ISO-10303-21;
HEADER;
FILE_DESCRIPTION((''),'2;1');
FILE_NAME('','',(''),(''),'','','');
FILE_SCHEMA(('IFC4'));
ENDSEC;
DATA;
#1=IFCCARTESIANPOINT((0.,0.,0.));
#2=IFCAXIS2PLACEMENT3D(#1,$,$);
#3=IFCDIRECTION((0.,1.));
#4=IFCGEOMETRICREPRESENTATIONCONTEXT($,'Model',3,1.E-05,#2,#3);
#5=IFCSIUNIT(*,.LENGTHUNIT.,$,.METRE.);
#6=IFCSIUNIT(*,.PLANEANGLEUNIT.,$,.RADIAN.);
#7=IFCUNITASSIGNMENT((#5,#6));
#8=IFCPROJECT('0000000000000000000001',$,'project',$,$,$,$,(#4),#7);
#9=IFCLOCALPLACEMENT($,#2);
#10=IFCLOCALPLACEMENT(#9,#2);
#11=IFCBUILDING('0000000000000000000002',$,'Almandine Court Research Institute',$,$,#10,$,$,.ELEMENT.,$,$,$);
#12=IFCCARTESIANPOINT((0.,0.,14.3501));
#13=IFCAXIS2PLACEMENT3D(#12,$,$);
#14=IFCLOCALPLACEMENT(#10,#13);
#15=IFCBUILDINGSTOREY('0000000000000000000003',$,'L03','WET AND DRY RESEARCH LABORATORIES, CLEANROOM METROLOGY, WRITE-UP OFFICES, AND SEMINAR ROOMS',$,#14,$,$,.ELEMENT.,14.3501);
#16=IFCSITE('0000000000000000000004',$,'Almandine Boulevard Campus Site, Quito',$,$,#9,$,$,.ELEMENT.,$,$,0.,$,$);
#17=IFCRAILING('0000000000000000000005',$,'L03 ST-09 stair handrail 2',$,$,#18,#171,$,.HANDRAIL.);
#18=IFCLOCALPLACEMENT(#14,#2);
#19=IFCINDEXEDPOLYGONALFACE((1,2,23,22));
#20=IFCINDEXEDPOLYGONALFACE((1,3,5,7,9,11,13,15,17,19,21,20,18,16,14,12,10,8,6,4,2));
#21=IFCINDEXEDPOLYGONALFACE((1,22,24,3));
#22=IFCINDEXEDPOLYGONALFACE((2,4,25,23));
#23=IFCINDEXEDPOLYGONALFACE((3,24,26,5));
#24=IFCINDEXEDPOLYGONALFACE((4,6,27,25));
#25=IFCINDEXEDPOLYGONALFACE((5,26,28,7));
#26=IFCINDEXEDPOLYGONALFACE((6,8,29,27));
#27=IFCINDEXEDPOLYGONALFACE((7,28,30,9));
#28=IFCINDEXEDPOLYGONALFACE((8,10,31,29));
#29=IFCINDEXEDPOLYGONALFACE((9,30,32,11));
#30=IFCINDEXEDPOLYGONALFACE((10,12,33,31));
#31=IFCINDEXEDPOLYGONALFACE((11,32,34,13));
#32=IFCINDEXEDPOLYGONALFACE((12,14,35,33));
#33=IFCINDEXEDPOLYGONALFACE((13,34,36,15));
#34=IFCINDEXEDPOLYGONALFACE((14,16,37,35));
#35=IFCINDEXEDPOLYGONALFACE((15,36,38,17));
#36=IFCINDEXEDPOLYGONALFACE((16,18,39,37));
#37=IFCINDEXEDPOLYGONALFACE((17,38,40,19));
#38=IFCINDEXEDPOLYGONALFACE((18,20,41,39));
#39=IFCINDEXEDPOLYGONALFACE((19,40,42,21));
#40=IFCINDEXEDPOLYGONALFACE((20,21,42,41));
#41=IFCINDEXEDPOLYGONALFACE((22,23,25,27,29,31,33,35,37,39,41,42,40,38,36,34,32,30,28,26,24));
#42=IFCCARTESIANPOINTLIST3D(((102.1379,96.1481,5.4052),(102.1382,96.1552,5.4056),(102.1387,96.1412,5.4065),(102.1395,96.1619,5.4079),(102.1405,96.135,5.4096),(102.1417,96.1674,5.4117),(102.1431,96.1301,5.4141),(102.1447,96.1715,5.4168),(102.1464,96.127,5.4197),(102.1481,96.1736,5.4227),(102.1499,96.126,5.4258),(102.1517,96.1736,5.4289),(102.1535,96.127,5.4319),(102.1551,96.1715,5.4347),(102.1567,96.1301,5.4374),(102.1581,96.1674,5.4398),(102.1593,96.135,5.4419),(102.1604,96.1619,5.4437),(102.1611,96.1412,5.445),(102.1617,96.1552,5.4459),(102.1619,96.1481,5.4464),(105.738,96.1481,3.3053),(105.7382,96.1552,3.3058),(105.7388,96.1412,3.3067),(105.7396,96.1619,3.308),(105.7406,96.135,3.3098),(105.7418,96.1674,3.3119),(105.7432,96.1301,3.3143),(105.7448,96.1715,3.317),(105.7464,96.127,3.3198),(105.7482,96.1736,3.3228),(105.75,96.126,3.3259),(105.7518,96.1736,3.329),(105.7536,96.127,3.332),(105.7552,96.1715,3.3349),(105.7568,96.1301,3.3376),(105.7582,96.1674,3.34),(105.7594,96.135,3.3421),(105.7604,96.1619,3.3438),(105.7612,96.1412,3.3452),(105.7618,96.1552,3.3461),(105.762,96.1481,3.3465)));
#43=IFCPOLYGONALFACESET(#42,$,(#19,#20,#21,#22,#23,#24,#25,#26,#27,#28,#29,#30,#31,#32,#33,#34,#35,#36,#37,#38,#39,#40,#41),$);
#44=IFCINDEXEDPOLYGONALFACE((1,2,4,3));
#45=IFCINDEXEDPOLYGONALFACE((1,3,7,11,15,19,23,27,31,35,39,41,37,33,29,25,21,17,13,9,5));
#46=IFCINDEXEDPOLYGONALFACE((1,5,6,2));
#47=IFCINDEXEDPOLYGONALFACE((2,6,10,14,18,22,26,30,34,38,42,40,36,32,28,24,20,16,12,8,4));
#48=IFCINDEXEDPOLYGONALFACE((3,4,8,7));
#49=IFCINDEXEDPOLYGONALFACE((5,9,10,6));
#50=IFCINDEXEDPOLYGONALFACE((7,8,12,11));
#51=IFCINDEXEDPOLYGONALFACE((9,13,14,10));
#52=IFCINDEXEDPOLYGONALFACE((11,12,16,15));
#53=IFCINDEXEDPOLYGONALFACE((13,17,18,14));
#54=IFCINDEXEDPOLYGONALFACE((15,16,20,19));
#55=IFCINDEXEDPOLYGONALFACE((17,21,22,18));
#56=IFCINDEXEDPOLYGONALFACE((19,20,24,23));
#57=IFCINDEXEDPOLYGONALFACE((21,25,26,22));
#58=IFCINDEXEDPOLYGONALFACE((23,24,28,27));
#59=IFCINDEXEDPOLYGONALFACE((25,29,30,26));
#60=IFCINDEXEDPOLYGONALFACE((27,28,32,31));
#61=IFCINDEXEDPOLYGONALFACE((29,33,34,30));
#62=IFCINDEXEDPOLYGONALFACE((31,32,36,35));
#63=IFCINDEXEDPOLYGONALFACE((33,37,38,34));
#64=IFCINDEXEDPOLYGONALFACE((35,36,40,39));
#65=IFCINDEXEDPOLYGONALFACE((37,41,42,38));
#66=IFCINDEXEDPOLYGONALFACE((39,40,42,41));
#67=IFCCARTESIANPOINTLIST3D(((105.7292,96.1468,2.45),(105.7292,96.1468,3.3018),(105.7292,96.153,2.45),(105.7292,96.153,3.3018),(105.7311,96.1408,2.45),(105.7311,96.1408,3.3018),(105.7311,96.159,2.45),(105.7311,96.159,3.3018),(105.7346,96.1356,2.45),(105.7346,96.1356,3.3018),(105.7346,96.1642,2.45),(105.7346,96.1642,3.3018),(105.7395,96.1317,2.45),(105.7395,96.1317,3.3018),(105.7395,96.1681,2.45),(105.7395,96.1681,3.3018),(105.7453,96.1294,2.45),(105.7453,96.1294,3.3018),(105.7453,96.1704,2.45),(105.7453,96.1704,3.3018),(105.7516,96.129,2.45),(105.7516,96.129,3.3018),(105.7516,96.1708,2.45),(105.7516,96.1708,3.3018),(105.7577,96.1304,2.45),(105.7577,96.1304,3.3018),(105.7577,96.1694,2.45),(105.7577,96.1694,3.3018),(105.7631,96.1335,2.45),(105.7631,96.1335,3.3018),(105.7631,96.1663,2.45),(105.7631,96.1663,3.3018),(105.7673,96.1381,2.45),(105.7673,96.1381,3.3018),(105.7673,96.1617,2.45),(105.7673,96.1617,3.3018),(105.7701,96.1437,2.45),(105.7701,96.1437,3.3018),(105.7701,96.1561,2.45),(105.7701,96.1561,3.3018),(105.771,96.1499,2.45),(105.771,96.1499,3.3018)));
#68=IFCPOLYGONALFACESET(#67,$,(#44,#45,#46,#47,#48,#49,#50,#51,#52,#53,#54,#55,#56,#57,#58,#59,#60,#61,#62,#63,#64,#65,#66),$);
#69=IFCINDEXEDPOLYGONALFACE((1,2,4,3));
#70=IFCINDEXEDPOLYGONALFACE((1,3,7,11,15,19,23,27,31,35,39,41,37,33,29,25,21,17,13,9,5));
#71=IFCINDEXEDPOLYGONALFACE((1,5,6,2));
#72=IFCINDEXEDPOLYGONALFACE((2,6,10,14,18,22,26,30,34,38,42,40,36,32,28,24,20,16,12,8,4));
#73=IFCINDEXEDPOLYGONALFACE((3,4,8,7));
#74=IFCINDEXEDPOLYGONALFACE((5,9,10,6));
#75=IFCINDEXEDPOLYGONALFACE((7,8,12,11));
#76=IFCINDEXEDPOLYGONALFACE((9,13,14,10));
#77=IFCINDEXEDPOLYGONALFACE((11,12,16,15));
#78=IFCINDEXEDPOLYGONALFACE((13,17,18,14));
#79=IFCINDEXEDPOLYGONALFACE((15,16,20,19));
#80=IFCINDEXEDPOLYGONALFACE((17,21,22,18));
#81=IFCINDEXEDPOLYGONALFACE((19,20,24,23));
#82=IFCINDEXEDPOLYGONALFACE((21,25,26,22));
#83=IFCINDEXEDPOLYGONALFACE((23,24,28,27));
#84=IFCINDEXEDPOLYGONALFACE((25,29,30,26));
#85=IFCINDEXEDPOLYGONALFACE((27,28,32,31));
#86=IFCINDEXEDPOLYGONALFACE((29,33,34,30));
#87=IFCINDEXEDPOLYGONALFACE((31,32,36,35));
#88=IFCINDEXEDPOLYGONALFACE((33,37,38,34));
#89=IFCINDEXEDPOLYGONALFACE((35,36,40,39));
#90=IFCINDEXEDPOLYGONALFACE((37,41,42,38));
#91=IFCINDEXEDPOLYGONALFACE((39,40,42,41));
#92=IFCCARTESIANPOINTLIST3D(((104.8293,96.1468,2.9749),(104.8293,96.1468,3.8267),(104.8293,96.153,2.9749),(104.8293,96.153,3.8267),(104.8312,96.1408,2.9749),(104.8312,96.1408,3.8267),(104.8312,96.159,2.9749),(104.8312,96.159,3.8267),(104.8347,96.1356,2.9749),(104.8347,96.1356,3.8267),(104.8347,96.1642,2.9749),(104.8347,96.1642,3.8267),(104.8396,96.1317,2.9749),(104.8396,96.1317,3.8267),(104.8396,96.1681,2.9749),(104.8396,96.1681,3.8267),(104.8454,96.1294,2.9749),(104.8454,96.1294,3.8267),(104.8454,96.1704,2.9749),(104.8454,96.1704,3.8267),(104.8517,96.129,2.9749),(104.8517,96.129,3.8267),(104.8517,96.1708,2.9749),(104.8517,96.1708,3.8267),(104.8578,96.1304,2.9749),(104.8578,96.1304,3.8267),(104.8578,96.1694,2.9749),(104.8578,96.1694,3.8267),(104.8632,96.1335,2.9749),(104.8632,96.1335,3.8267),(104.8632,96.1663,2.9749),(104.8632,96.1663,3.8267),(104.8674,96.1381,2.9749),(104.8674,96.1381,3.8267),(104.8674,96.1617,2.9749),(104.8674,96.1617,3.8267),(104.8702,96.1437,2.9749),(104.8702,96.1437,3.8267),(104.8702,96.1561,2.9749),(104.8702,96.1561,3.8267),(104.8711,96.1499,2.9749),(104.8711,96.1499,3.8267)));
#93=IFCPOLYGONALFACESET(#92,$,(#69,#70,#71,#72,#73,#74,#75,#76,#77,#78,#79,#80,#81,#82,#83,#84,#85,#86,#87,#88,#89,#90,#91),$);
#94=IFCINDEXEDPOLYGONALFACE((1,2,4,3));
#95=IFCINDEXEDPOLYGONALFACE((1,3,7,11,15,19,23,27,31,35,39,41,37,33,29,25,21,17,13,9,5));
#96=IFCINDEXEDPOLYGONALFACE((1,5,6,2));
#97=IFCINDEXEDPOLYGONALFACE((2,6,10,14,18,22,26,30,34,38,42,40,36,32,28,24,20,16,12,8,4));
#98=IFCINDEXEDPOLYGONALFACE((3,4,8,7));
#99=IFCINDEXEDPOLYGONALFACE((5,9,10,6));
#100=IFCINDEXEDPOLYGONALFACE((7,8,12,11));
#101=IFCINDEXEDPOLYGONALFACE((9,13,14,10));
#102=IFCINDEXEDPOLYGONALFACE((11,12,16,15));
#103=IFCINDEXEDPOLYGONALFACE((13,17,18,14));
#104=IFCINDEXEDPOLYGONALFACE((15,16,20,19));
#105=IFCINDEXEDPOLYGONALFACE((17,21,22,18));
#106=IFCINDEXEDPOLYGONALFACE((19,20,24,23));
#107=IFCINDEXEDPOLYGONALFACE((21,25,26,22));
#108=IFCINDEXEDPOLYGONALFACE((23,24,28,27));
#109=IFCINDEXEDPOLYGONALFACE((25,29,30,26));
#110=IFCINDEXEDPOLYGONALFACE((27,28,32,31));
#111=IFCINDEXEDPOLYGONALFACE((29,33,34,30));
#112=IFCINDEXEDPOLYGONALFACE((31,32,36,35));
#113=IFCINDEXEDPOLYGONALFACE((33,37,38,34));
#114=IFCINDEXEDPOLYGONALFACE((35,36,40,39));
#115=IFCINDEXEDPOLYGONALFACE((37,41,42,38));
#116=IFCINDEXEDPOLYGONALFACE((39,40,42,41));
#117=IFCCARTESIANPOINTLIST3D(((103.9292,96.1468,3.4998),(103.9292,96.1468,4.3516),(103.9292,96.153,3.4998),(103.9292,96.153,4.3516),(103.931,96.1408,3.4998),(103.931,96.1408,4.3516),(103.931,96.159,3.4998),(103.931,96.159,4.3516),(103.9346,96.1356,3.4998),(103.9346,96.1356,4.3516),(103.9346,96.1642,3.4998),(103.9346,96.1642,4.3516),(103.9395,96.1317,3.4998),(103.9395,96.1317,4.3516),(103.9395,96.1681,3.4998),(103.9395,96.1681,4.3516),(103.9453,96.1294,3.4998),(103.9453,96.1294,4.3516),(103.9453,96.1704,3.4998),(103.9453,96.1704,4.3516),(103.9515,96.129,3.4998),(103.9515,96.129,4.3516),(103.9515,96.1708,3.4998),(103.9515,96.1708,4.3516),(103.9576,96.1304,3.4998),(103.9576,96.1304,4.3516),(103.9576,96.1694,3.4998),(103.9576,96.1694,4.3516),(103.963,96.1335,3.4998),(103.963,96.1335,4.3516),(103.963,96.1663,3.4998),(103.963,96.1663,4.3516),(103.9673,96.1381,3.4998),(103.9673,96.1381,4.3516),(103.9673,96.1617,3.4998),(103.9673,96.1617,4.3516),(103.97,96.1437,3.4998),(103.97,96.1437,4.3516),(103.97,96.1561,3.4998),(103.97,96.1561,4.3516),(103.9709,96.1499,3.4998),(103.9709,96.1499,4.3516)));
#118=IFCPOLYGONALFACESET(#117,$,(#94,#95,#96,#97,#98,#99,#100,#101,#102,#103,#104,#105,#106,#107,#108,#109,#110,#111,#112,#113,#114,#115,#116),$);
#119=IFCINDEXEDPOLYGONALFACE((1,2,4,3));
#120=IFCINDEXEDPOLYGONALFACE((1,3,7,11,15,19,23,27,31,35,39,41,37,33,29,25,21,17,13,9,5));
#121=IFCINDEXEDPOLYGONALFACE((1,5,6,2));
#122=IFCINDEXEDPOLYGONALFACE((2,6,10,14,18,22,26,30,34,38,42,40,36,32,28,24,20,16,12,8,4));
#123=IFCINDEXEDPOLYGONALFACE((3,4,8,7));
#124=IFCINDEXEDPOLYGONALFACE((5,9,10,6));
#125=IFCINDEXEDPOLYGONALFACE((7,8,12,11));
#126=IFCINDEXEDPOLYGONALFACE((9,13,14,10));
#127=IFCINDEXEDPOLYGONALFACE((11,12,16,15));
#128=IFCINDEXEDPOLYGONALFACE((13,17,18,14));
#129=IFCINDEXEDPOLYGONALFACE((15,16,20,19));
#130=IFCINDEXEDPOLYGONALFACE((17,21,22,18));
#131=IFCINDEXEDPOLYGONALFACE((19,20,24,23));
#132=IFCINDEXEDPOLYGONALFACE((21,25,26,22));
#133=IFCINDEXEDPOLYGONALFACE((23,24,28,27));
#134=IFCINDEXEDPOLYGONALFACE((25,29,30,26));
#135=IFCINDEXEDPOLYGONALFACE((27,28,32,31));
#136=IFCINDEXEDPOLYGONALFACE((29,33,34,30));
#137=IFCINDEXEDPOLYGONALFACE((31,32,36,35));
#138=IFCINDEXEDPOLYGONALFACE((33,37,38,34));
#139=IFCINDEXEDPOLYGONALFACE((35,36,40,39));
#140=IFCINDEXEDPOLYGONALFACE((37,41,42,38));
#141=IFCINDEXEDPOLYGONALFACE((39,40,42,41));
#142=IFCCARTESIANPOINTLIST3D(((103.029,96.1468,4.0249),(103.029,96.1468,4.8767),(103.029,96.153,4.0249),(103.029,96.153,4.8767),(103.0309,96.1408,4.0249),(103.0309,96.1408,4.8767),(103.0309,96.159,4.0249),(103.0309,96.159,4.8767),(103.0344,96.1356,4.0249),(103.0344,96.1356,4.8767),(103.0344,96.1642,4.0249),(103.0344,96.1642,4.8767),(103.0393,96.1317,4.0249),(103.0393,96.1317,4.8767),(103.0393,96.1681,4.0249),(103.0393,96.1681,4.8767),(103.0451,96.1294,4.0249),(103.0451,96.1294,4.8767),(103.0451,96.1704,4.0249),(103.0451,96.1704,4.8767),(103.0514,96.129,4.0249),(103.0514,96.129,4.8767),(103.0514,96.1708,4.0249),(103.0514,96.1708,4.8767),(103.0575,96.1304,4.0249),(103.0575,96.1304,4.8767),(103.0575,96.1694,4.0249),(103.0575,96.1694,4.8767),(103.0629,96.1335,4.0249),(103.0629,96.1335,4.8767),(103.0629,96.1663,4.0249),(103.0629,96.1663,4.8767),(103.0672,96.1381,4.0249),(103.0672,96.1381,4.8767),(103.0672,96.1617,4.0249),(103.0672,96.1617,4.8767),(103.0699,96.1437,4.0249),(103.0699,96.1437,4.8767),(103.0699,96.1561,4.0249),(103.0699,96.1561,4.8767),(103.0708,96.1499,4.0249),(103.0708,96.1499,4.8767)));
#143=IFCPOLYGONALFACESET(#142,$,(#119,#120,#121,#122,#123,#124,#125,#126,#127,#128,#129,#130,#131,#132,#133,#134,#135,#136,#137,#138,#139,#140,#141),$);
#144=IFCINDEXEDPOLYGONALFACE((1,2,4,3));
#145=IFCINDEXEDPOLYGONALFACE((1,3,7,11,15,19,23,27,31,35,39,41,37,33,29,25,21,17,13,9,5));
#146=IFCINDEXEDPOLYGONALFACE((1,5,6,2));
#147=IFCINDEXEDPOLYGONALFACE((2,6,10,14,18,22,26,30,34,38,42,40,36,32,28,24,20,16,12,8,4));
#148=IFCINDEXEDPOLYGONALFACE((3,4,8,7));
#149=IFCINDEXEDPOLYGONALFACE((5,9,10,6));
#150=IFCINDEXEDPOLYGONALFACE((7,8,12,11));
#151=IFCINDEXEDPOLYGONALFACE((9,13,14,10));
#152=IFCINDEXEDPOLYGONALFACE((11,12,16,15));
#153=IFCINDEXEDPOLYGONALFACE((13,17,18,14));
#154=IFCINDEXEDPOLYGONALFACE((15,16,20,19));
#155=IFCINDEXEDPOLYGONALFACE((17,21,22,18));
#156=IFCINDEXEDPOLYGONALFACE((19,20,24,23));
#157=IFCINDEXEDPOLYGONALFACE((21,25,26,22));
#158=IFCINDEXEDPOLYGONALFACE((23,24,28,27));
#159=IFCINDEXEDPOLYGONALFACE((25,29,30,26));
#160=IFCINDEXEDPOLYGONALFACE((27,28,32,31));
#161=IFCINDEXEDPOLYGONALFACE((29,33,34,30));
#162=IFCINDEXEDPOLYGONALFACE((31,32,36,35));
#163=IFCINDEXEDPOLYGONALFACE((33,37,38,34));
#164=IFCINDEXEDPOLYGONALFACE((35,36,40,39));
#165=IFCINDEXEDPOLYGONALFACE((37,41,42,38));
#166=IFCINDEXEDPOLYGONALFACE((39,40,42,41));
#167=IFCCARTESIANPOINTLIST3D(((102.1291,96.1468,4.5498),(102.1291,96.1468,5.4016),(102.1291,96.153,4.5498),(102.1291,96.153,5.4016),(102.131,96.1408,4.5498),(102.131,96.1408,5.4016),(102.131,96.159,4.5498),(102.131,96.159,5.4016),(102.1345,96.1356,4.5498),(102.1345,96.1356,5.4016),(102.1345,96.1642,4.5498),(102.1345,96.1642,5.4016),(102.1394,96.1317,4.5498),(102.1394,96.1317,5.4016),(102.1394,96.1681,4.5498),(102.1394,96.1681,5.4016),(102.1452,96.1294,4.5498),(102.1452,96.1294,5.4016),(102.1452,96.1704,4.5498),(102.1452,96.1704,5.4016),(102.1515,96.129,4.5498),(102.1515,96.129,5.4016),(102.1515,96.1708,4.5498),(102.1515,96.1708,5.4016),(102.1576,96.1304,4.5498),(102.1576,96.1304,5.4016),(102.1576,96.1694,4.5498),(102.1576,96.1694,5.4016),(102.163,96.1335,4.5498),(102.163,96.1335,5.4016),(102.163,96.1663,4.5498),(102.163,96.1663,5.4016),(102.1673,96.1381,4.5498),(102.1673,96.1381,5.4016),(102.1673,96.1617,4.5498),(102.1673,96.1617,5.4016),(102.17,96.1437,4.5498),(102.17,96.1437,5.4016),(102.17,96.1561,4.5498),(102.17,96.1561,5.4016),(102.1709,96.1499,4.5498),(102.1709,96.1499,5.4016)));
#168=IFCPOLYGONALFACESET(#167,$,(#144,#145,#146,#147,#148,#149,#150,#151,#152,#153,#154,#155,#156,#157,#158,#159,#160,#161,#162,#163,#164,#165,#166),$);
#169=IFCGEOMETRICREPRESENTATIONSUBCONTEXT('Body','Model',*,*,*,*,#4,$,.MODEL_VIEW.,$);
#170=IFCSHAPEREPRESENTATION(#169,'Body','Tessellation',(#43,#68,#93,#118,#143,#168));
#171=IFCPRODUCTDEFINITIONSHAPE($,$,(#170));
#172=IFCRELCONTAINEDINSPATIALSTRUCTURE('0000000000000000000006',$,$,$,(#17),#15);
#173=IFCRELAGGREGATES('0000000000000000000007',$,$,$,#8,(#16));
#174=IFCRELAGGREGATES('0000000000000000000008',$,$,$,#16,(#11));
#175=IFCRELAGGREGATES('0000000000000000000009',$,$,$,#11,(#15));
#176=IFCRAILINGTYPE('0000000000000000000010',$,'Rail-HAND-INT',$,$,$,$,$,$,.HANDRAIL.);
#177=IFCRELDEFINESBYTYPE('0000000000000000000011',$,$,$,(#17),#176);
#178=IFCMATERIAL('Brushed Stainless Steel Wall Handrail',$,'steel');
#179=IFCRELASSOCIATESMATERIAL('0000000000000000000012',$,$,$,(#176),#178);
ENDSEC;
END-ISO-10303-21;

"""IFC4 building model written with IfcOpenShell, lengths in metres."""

from ifc_helpers import new_model, si_unit, direction, frame, origin, origin_2d, place, context, subcontext, project, spatial, circle, extrude, material, type_object, element, save


model = new_model("IFC4")

# Units and contexts
model_context = context("Model", 3, precision=1e-05, world=origin(), true_north=direction((0.0, 1.0)))
body_context = subcontext(model_context, "Body", "Model", "MODEL_VIEW")
ifc_project = project(units=[si_unit("LENGTHUNIT", "METRE"), si_unit("PLANEANGLEUNIT", "RADIAN")], contexts=[model_context])

# Site, building, storey
site_placement = place(None, origin())
site = spatial("IfcSite", under=ifc_project, at=site_placement, Name="Almandine Boulevard Campus Site, Quito", CompositionType="ELEMENT", RefElevation=0.0)
building_placement = place(site_placement, origin())
building = spatial("IfcBuilding", under=site, at=building_placement, Name="Almandine Court Research Institute", CompositionType="ELEMENT")
storey_placement = place(building_placement, frame((0.0, 0.0, 14.3501)))
storey = spatial("IfcBuildingStorey", under=building, at=storey_placement, Name="L03", Description="WET AND DRY RESEARCH LABORATORIES, CLEANROOM METROLOGY, WRITE-UP OFFICES, AND SEMINAR ROOMS", CompositionType="ELEMENT", Elevation=14.3501)

# Railing
ifc_material_1 = material(Name="Brushed Stainless Steel Wall Handrail", Category="steel")
railing_type_1 = type_object("IfcRailingType", Name="Rail-HAND-INT", PredefinedType="HANDRAIL", material=ifc_material_1)
railing_1_placement = place(storey_placement, frame((105.75, 96.1499, 2.45)))
element("IfcRailing", 1, at=railing_1_placement, inside=storey, type_object=railing_type_1, Name="L03 ST-09 stair handrail 2", PredefinedType="HANDRAIL", context=body_context, shape_type="SweptSolid", body=[
    extrude(circle(Radius=0.0239, at=origin_2d()), frame((0.0, 0.0, 0.876), z_axis=(-0.8638, 0.0, 0.503835), x_axis=(0.0, -1.0, 0.0)), (0.0, 0.0, 1.0), 4.1677),
    extrude(circle(Radius=0.021, at=origin_2d()), origin(), (0.0, 0.0, 1.0), 0.8518),
    extrude(circle(Radius=0.021, at=origin_2d()), frame((-0.8999, 0.0, 0.5249)), (0.0, 0.0, 1.0), 0.8518),
    extrude(circle(Radius=0.021, at=origin_2d()), frame((-1.8, 0.0, 1.0498)), (0.0, 0.0, 1.0), 0.8518),
    extrude(circle(Radius=0.021, at=origin_2d()), frame((-2.7002, 0.0, 1.575)), (0.0, 0.0, 1.0), 0.8518),
    extrude(circle(Radius=0.021, at=origin_2d()), frame((-3.6001, 0.0, 2.0999)), (0.0, 0.0, 1.0), 0.8518),
])

save(model, "model.ifc")
